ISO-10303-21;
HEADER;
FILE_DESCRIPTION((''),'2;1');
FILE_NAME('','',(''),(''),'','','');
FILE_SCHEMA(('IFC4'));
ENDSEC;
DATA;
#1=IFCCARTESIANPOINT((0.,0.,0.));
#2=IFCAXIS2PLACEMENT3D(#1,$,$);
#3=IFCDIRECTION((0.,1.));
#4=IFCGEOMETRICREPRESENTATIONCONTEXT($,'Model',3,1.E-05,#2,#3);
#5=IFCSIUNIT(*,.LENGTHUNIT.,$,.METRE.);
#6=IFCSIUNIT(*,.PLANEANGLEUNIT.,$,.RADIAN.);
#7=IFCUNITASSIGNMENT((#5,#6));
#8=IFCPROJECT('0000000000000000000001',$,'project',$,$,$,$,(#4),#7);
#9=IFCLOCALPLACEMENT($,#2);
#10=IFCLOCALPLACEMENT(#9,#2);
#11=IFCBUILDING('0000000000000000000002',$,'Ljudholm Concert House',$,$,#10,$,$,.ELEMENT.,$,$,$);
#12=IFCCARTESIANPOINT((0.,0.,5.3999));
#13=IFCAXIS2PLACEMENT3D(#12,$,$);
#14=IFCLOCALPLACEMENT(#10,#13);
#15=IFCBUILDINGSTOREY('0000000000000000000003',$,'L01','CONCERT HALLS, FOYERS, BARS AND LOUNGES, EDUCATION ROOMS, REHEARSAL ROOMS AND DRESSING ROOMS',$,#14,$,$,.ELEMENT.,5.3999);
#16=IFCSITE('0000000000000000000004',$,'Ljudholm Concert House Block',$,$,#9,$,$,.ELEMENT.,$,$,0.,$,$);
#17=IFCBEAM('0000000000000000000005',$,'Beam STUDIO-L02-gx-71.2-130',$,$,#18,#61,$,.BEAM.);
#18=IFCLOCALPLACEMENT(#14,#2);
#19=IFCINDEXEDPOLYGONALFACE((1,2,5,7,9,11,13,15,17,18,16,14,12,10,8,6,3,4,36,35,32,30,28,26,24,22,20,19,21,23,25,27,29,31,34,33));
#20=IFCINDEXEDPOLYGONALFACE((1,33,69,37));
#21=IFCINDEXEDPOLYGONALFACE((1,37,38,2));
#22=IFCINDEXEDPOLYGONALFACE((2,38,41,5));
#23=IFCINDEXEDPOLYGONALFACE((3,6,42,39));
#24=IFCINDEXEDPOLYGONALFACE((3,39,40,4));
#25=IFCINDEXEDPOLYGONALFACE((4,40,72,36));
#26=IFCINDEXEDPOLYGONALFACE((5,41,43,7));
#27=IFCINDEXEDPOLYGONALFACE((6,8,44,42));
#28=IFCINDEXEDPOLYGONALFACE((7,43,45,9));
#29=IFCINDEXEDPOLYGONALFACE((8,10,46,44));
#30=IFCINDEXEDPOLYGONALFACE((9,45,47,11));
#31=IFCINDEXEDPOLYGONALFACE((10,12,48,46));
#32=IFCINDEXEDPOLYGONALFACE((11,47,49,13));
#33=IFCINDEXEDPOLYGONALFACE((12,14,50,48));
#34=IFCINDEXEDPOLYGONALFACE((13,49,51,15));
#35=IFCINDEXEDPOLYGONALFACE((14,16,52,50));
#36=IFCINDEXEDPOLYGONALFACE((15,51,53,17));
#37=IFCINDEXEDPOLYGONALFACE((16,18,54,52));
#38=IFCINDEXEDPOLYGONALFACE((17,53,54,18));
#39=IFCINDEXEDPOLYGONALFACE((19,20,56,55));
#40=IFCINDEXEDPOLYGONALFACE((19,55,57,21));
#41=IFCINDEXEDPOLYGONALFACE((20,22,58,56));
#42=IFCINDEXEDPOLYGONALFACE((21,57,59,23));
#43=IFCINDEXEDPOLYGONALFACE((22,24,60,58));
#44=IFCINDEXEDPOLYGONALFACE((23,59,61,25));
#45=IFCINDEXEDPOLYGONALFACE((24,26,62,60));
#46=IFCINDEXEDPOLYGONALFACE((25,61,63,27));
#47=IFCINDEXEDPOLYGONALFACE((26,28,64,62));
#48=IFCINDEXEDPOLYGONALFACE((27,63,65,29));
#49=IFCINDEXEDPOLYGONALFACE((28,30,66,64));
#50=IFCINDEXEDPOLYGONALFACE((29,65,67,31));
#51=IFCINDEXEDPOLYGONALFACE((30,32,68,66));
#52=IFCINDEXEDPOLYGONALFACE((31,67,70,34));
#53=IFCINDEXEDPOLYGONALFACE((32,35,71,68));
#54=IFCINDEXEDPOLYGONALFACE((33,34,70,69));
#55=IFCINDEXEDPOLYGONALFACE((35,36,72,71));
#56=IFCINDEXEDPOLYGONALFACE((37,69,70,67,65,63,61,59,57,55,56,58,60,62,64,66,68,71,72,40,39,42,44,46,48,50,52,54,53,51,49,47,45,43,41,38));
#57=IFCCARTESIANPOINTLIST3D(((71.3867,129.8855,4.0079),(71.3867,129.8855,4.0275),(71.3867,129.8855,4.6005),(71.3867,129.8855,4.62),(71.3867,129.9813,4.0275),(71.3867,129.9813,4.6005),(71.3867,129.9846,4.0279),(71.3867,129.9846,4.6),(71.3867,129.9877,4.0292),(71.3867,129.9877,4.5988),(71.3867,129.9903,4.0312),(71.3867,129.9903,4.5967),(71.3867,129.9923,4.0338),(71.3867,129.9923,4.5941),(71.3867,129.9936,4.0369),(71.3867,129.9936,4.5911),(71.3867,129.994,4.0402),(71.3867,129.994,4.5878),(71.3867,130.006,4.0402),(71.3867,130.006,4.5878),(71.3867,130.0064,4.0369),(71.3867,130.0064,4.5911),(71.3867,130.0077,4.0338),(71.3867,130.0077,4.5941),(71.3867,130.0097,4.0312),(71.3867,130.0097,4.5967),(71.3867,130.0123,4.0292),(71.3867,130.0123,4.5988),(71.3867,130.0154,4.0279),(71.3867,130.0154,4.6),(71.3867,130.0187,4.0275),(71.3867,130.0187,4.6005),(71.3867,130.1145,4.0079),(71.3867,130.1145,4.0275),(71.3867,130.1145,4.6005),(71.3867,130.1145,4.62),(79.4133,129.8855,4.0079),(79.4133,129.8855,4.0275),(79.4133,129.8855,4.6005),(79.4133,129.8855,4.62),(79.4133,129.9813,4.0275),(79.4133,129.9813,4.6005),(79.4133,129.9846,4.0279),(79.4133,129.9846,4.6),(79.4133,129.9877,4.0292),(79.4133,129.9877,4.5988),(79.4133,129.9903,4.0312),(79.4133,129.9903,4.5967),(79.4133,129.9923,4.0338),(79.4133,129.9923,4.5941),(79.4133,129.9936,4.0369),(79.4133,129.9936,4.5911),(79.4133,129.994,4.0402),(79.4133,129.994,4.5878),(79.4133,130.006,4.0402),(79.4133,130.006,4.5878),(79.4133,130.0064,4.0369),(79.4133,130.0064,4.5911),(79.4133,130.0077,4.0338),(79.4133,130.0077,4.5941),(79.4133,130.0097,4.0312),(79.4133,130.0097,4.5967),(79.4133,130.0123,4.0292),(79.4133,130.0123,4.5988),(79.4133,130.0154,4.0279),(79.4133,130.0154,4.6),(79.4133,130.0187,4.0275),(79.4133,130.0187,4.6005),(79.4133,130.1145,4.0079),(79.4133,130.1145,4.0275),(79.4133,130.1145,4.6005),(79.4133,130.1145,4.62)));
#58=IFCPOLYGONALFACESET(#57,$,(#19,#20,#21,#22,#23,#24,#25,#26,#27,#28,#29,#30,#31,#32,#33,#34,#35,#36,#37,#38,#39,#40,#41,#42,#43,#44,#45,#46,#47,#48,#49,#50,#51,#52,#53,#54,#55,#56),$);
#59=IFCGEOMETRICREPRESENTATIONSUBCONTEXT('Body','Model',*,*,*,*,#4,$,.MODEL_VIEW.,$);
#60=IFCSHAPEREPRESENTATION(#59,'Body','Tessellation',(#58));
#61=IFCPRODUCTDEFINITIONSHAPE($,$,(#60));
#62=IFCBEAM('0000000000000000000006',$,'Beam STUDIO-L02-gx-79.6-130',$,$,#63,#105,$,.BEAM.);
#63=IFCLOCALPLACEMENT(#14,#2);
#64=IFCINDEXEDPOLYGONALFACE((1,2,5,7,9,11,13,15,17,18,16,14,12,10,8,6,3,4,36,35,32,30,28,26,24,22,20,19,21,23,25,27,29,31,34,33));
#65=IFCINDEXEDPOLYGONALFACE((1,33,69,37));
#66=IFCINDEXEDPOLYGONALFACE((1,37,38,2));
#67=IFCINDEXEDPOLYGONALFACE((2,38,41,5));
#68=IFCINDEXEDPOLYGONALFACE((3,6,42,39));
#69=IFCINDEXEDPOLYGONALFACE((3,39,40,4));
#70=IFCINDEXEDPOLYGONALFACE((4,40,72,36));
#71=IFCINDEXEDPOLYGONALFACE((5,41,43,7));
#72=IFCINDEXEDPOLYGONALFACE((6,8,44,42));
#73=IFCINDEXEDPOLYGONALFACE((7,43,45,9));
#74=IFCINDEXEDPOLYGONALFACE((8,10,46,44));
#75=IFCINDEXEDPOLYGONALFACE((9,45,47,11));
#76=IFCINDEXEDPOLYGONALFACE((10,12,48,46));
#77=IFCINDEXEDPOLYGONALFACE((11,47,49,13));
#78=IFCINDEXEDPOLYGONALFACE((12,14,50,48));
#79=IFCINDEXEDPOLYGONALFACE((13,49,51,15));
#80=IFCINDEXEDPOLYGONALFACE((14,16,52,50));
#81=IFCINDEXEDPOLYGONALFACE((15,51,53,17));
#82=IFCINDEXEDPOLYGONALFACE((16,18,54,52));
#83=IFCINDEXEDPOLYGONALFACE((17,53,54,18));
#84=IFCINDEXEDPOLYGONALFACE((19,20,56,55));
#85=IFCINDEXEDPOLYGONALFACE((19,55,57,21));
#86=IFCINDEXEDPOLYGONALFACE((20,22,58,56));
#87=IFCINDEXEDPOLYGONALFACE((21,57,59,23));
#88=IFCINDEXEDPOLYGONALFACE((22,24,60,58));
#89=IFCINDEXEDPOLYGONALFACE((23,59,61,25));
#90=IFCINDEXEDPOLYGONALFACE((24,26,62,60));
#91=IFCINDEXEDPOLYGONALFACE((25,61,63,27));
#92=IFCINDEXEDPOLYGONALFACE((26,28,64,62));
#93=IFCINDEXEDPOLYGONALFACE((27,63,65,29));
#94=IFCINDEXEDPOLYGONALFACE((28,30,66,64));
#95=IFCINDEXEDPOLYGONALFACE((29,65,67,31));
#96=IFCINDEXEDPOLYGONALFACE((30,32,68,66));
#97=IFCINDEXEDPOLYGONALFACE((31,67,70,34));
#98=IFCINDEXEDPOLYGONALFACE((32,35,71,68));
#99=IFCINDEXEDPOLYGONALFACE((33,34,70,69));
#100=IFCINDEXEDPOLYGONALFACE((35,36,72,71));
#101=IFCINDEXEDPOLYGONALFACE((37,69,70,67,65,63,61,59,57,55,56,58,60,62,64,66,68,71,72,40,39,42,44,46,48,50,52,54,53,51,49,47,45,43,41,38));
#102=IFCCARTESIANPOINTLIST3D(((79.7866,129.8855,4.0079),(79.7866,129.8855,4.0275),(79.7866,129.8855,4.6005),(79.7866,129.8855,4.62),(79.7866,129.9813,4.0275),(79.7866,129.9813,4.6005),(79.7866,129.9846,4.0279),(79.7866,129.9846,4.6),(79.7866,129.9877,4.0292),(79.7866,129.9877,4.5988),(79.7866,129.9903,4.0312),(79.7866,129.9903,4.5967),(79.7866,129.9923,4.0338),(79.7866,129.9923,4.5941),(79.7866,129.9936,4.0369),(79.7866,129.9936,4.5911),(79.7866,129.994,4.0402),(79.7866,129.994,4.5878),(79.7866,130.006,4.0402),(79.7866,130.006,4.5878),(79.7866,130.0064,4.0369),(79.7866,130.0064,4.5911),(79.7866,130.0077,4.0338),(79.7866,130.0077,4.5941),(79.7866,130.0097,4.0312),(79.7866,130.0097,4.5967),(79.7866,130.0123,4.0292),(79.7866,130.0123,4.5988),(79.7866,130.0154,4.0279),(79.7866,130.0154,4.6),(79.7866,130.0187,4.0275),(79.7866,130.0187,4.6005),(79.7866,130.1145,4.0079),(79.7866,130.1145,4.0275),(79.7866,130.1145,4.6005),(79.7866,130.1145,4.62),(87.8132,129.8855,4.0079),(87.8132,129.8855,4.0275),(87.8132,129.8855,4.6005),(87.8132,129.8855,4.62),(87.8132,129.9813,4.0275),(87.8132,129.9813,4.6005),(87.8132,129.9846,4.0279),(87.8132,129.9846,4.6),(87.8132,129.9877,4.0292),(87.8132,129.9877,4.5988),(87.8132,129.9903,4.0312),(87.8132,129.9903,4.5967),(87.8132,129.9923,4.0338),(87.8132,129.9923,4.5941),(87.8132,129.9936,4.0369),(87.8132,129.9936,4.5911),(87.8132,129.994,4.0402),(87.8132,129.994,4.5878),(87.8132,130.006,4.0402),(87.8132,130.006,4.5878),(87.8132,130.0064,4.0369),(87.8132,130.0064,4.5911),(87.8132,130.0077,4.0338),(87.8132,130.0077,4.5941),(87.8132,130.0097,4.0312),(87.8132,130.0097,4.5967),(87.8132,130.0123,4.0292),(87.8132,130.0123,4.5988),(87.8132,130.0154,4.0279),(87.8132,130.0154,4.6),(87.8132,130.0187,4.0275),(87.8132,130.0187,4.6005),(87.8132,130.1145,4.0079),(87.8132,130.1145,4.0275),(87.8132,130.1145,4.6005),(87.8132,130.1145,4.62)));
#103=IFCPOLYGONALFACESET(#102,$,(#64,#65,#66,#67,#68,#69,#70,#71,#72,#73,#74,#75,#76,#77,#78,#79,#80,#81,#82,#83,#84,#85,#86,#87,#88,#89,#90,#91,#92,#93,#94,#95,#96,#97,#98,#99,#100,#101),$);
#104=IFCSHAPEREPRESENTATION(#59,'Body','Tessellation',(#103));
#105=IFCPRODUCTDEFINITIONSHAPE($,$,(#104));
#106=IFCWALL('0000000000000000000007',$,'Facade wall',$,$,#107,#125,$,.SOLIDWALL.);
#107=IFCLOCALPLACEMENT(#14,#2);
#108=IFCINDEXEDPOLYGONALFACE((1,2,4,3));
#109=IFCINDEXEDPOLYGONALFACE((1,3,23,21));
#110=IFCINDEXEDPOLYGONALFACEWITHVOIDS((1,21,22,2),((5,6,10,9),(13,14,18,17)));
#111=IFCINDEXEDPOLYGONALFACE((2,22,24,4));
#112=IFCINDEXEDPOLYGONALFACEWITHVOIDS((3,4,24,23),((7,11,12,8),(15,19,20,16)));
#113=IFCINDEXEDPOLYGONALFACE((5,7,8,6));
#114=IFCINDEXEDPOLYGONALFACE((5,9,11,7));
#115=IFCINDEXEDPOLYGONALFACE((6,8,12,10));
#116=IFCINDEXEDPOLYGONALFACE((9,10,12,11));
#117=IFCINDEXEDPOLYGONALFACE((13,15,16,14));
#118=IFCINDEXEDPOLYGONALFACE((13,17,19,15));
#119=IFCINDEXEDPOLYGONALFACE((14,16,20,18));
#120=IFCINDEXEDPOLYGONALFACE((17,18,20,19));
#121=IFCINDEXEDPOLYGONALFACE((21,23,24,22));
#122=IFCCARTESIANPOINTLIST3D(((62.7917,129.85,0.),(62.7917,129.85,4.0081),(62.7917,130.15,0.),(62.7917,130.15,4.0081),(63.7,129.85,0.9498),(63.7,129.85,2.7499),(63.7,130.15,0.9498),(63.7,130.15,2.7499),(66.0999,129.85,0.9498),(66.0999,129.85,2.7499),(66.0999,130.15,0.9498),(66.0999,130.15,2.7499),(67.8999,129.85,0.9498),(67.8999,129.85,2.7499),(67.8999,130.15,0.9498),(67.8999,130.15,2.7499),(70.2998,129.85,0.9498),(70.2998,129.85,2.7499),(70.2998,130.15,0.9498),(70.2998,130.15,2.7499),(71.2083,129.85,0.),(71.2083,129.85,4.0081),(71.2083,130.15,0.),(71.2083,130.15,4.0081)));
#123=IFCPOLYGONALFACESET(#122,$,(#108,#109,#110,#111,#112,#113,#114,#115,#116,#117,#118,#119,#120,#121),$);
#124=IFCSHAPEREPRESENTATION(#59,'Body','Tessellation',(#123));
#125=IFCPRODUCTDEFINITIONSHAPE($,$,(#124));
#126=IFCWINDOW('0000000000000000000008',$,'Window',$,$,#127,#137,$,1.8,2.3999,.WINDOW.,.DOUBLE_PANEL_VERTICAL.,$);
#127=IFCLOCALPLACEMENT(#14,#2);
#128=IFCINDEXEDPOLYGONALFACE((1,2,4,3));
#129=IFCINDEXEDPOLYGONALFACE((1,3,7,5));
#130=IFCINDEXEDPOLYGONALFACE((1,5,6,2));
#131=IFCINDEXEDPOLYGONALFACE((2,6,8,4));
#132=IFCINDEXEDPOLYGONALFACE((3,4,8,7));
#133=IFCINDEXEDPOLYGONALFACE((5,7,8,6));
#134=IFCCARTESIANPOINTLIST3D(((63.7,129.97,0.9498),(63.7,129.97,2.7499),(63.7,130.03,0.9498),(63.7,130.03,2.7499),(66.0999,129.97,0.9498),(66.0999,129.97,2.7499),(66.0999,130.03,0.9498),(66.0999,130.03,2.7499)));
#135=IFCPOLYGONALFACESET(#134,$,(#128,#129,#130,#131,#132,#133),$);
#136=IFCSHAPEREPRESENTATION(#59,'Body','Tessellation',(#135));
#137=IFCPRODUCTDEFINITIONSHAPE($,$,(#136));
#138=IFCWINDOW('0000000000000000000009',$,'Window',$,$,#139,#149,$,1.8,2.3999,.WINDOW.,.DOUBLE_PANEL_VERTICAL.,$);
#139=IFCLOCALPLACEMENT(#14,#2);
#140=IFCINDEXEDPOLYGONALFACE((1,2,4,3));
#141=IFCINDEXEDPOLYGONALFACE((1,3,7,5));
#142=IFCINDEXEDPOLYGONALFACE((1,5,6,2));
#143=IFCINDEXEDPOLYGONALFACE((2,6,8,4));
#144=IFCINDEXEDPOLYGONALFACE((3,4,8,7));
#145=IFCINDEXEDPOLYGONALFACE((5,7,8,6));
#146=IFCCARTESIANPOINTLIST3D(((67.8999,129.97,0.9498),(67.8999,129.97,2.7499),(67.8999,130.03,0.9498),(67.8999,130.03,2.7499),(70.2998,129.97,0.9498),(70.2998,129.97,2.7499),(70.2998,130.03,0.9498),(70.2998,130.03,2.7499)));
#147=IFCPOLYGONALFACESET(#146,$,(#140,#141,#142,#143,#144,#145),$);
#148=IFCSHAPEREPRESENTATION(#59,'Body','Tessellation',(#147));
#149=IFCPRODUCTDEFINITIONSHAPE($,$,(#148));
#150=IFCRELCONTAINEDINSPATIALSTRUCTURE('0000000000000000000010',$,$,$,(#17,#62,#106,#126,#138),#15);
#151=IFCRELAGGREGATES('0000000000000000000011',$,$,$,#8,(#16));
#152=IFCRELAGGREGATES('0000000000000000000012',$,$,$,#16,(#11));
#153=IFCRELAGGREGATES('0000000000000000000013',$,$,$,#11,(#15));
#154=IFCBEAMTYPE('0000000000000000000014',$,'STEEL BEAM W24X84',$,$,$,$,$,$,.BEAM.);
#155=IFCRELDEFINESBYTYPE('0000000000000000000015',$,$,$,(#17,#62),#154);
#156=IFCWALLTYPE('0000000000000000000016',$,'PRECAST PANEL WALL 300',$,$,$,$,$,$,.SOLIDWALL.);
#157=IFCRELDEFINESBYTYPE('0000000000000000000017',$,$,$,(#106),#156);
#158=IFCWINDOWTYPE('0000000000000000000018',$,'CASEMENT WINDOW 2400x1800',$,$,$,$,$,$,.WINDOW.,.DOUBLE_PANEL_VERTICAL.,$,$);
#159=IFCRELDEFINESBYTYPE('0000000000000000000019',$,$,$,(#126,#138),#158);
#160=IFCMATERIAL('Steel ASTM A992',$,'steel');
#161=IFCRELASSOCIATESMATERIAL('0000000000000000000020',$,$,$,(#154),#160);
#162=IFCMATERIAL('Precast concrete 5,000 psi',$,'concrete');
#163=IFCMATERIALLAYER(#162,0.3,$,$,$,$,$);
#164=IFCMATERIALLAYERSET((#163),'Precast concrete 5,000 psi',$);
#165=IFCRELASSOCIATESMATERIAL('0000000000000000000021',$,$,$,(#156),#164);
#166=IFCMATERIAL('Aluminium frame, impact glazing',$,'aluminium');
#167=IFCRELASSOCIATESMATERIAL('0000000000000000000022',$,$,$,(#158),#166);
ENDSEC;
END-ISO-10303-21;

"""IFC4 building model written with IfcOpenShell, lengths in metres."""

from ifc_helpers import new_model, si_unit, direction, frame, frame_2d, origin, origin_2d, place, context, subcontext, project, spatial, rectangle, i_section, extrude, material, layer, layer_set, material_profile, profile_set, type_object, element, fill, save


model = new_model("IFC4")

# Units and contexts
model_context = context("Model", 3, precision=1e-05, world=origin(), true_north=direction((0.0, 1.0)))
body_context = subcontext(model_context, "Body", "Model", "MODEL_VIEW")
ifc_project = project(units=[si_unit("LENGTHUNIT", "METRE"), si_unit("PLANEANGLEUNIT", "RADIAN")], contexts=[model_context])

# Site, building, storey
site_placement = place(None, origin())
site = spatial("IfcSite", under=ifc_project, at=site_placement, Name="Ljudholm Concert House Block", CompositionType="ELEMENT", RefElevation=0.0)
building_placement = place(site_placement, origin())
building = spatial("IfcBuilding", under=site, at=building_placement, Name="Ljudholm Concert House", CompositionType="ELEMENT")
storey_placement = place(building_placement, frame((0.0, 0.0, 5.3999)))
storey = spatial("IfcBuildingStorey", under=building, at=storey_placement, Name="L01", Description="CONCERT HALLS, FOYERS, BARS AND LOUNGES, EDUCATION ROOMS, REHEARSAL ROOMS AND DRESSING ROOMS", CompositionType="ELEMENT", Elevation=5.3999)

# Beams
ifc_material_1 = material(Name="Steel ASTM A992", Category="steel")
ifc_material_profile_1 = material_profile(ifc_material_1, i_section(OverallWidth=0.229, OverallDepth=0.6121, WebThickness=0.012, FlangeThickness=0.0195, FilletRadius=0.0127, at=origin_2d()), Name="W24X84")
ifc_profile_set_1 = profile_set([ifc_material_profile_1], Name="Steel ASTM A992")
beam_type = type_object("IfcBeamType", Name="STEEL BEAM W24X84", PredefinedType="BEAM", material=ifc_profile_set_1)
for number, where, z_axis, x_axis, name in (
    (1, (71.3867, 130.0, 4.314), (1.0, 0.0, 0.0), (0.0, 1.0, 0.0), "Beam STUDIO-L02-gx-71.2-130"),
    (2, (79.7866, 130.0, 4.314), (1.0, 0.0, 0.0), (0.0, 1.0, 0.0), "Beam STUDIO-L02-gx-79.6-130"),
):
    element("IfcBeam", number, at=place(storey_placement, frame(where, z_axis=z_axis, x_axis=x_axis)), inside=storey, type_object=beam_type, Name=name, PredefinedType="BEAM", context=body_context, shape_type="SweptSolid", body=[
        extrude(i_section(OverallWidth=0.229, OverallDepth=0.6121, WebThickness=0.012, FlangeThickness=0.0195, FilletRadius=0.0127, at=origin_2d()), origin(), (0.0, 0.0, 1.0), 8.0266),
    ])

# Wall, openings, windows
ifc_material_2 = material(Name="Precast concrete 5,000 psi", Category="concrete")
ifc_layer_1 = layer(ifc_material_2, 0.3)
ifc_layer_set_1 = layer_set([ifc_layer_1], Name="Precast concrete 5,000 psi")
wall_type = type_object("IfcWallType", Name="PRECAST PANEL WALL 300", PredefinedType="SOLIDWALL", material=ifc_layer_set_1)
wall_1_placement = place(storey_placement, frame((62.7917, 130.0, 0.0), z_axis=(0.0, 0.0, 1.0), x_axis=(1.0, 0.0, 0.0)))
wall_1 = element("IfcWall", 3, at=wall_1_placement, inside=storey, type_object=wall_type, Name="Facade wall", PredefinedType="SOLIDWALL", context=body_context, shape_type="SweptSolid", body=[
    extrude(rectangle(XDim=8.4165, YDim=0.3, at=frame_2d((4.2083, 0.0))), origin(), (0.0, 0.0, 1.0), 4.0081),
])
opening_1_placement = place(wall_1_placement, frame((0.9082, 0.0, 0.95)))
opening_1 = element("IfcOpeningElement", 4, at=opening_1_placement, cuts=wall_1, PredefinedType="OPENING", context=body_context, shape_type="SweptSolid", body=[
    extrude(rectangle(XDim=2.3999, YDim=1.8, at=frame_2d((1.2, 0.8999))), frame((0.0, 0.1599, 0.0), z_axis=(0.0, -1.0, 0.0), x_axis=(1.0, 0.0, 0.0)), (0.0, 0.0, 1.0), 0.3201),
])
opening_2_placement = place(wall_1_placement, frame((5.1082, 0.0, 0.95)))
opening_2 = element("IfcOpeningElement", 5, at=opening_2_placement, cuts=wall_1, PredefinedType="OPENING", context=body_context, shape_type="SweptSolid", body=[
    extrude(rectangle(XDim=2.3999, YDim=1.8, at=frame_2d((1.2, 0.8999))), frame((0.0, 0.1599, 0.0), z_axis=(0.0, -1.0, 0.0), x_axis=(1.0, 0.0, 0.0)), (0.0, 0.0, 1.0), 0.3201),
])
ifc_material_3 = material(Name="Aluminium frame, impact glazing", Category="aluminium")
window_type = type_object("IfcWindowType", Name="CASEMENT WINDOW 2400x1800", PartitioningType="DOUBLE_PANEL_VERTICAL", PredefinedType="WINDOW", material=ifc_material_3)
window_1_placement = place(opening_1_placement, origin())
window_1 = element("IfcWindow", 6, at=window_1_placement, inside=storey, type_object=window_type, Name="Window", OverallHeight=1.8, OverallWidth=2.3999, PartitioningType="DOUBLE_PANEL_VERTICAL", PredefinedType="WINDOW", context=body_context, shape_type="SweptSolid", body=[
    extrude(rectangle(XDim=2.3999, YDim=1.8, at=frame_2d((1.2, 0.8999))), frame((0.0, 0.03, 0.0), z_axis=(0.0, -1.0, 0.0), x_axis=(1.0, 0.0, 0.0)), (0.0, 0.0, 1.0), 0.0601),
])
fill(opening_1, window_1)
window_2_placement = place(opening_2_placement, origin())
window_2 = element("IfcWindow", 7, at=window_2_placement, inside=storey, type_object=window_type, Name="Window", OverallHeight=1.8, OverallWidth=2.3999, PartitioningType="DOUBLE_PANEL_VERTICAL", PredefinedType="WINDOW", context=body_context, shape_type="SweptSolid", body=[
    extrude(rectangle(XDim=2.3999, YDim=1.8, at=frame_2d((1.2, 0.8999))), frame((0.0, 0.03, 0.0), z_axis=(0.0, -1.0, 0.0), x_axis=(1.0, 0.0, 0.0)), (0.0, 0.0, 1.0), 0.0601),
])
fill(opening_2, window_2)

save(model, "model.ifc")
